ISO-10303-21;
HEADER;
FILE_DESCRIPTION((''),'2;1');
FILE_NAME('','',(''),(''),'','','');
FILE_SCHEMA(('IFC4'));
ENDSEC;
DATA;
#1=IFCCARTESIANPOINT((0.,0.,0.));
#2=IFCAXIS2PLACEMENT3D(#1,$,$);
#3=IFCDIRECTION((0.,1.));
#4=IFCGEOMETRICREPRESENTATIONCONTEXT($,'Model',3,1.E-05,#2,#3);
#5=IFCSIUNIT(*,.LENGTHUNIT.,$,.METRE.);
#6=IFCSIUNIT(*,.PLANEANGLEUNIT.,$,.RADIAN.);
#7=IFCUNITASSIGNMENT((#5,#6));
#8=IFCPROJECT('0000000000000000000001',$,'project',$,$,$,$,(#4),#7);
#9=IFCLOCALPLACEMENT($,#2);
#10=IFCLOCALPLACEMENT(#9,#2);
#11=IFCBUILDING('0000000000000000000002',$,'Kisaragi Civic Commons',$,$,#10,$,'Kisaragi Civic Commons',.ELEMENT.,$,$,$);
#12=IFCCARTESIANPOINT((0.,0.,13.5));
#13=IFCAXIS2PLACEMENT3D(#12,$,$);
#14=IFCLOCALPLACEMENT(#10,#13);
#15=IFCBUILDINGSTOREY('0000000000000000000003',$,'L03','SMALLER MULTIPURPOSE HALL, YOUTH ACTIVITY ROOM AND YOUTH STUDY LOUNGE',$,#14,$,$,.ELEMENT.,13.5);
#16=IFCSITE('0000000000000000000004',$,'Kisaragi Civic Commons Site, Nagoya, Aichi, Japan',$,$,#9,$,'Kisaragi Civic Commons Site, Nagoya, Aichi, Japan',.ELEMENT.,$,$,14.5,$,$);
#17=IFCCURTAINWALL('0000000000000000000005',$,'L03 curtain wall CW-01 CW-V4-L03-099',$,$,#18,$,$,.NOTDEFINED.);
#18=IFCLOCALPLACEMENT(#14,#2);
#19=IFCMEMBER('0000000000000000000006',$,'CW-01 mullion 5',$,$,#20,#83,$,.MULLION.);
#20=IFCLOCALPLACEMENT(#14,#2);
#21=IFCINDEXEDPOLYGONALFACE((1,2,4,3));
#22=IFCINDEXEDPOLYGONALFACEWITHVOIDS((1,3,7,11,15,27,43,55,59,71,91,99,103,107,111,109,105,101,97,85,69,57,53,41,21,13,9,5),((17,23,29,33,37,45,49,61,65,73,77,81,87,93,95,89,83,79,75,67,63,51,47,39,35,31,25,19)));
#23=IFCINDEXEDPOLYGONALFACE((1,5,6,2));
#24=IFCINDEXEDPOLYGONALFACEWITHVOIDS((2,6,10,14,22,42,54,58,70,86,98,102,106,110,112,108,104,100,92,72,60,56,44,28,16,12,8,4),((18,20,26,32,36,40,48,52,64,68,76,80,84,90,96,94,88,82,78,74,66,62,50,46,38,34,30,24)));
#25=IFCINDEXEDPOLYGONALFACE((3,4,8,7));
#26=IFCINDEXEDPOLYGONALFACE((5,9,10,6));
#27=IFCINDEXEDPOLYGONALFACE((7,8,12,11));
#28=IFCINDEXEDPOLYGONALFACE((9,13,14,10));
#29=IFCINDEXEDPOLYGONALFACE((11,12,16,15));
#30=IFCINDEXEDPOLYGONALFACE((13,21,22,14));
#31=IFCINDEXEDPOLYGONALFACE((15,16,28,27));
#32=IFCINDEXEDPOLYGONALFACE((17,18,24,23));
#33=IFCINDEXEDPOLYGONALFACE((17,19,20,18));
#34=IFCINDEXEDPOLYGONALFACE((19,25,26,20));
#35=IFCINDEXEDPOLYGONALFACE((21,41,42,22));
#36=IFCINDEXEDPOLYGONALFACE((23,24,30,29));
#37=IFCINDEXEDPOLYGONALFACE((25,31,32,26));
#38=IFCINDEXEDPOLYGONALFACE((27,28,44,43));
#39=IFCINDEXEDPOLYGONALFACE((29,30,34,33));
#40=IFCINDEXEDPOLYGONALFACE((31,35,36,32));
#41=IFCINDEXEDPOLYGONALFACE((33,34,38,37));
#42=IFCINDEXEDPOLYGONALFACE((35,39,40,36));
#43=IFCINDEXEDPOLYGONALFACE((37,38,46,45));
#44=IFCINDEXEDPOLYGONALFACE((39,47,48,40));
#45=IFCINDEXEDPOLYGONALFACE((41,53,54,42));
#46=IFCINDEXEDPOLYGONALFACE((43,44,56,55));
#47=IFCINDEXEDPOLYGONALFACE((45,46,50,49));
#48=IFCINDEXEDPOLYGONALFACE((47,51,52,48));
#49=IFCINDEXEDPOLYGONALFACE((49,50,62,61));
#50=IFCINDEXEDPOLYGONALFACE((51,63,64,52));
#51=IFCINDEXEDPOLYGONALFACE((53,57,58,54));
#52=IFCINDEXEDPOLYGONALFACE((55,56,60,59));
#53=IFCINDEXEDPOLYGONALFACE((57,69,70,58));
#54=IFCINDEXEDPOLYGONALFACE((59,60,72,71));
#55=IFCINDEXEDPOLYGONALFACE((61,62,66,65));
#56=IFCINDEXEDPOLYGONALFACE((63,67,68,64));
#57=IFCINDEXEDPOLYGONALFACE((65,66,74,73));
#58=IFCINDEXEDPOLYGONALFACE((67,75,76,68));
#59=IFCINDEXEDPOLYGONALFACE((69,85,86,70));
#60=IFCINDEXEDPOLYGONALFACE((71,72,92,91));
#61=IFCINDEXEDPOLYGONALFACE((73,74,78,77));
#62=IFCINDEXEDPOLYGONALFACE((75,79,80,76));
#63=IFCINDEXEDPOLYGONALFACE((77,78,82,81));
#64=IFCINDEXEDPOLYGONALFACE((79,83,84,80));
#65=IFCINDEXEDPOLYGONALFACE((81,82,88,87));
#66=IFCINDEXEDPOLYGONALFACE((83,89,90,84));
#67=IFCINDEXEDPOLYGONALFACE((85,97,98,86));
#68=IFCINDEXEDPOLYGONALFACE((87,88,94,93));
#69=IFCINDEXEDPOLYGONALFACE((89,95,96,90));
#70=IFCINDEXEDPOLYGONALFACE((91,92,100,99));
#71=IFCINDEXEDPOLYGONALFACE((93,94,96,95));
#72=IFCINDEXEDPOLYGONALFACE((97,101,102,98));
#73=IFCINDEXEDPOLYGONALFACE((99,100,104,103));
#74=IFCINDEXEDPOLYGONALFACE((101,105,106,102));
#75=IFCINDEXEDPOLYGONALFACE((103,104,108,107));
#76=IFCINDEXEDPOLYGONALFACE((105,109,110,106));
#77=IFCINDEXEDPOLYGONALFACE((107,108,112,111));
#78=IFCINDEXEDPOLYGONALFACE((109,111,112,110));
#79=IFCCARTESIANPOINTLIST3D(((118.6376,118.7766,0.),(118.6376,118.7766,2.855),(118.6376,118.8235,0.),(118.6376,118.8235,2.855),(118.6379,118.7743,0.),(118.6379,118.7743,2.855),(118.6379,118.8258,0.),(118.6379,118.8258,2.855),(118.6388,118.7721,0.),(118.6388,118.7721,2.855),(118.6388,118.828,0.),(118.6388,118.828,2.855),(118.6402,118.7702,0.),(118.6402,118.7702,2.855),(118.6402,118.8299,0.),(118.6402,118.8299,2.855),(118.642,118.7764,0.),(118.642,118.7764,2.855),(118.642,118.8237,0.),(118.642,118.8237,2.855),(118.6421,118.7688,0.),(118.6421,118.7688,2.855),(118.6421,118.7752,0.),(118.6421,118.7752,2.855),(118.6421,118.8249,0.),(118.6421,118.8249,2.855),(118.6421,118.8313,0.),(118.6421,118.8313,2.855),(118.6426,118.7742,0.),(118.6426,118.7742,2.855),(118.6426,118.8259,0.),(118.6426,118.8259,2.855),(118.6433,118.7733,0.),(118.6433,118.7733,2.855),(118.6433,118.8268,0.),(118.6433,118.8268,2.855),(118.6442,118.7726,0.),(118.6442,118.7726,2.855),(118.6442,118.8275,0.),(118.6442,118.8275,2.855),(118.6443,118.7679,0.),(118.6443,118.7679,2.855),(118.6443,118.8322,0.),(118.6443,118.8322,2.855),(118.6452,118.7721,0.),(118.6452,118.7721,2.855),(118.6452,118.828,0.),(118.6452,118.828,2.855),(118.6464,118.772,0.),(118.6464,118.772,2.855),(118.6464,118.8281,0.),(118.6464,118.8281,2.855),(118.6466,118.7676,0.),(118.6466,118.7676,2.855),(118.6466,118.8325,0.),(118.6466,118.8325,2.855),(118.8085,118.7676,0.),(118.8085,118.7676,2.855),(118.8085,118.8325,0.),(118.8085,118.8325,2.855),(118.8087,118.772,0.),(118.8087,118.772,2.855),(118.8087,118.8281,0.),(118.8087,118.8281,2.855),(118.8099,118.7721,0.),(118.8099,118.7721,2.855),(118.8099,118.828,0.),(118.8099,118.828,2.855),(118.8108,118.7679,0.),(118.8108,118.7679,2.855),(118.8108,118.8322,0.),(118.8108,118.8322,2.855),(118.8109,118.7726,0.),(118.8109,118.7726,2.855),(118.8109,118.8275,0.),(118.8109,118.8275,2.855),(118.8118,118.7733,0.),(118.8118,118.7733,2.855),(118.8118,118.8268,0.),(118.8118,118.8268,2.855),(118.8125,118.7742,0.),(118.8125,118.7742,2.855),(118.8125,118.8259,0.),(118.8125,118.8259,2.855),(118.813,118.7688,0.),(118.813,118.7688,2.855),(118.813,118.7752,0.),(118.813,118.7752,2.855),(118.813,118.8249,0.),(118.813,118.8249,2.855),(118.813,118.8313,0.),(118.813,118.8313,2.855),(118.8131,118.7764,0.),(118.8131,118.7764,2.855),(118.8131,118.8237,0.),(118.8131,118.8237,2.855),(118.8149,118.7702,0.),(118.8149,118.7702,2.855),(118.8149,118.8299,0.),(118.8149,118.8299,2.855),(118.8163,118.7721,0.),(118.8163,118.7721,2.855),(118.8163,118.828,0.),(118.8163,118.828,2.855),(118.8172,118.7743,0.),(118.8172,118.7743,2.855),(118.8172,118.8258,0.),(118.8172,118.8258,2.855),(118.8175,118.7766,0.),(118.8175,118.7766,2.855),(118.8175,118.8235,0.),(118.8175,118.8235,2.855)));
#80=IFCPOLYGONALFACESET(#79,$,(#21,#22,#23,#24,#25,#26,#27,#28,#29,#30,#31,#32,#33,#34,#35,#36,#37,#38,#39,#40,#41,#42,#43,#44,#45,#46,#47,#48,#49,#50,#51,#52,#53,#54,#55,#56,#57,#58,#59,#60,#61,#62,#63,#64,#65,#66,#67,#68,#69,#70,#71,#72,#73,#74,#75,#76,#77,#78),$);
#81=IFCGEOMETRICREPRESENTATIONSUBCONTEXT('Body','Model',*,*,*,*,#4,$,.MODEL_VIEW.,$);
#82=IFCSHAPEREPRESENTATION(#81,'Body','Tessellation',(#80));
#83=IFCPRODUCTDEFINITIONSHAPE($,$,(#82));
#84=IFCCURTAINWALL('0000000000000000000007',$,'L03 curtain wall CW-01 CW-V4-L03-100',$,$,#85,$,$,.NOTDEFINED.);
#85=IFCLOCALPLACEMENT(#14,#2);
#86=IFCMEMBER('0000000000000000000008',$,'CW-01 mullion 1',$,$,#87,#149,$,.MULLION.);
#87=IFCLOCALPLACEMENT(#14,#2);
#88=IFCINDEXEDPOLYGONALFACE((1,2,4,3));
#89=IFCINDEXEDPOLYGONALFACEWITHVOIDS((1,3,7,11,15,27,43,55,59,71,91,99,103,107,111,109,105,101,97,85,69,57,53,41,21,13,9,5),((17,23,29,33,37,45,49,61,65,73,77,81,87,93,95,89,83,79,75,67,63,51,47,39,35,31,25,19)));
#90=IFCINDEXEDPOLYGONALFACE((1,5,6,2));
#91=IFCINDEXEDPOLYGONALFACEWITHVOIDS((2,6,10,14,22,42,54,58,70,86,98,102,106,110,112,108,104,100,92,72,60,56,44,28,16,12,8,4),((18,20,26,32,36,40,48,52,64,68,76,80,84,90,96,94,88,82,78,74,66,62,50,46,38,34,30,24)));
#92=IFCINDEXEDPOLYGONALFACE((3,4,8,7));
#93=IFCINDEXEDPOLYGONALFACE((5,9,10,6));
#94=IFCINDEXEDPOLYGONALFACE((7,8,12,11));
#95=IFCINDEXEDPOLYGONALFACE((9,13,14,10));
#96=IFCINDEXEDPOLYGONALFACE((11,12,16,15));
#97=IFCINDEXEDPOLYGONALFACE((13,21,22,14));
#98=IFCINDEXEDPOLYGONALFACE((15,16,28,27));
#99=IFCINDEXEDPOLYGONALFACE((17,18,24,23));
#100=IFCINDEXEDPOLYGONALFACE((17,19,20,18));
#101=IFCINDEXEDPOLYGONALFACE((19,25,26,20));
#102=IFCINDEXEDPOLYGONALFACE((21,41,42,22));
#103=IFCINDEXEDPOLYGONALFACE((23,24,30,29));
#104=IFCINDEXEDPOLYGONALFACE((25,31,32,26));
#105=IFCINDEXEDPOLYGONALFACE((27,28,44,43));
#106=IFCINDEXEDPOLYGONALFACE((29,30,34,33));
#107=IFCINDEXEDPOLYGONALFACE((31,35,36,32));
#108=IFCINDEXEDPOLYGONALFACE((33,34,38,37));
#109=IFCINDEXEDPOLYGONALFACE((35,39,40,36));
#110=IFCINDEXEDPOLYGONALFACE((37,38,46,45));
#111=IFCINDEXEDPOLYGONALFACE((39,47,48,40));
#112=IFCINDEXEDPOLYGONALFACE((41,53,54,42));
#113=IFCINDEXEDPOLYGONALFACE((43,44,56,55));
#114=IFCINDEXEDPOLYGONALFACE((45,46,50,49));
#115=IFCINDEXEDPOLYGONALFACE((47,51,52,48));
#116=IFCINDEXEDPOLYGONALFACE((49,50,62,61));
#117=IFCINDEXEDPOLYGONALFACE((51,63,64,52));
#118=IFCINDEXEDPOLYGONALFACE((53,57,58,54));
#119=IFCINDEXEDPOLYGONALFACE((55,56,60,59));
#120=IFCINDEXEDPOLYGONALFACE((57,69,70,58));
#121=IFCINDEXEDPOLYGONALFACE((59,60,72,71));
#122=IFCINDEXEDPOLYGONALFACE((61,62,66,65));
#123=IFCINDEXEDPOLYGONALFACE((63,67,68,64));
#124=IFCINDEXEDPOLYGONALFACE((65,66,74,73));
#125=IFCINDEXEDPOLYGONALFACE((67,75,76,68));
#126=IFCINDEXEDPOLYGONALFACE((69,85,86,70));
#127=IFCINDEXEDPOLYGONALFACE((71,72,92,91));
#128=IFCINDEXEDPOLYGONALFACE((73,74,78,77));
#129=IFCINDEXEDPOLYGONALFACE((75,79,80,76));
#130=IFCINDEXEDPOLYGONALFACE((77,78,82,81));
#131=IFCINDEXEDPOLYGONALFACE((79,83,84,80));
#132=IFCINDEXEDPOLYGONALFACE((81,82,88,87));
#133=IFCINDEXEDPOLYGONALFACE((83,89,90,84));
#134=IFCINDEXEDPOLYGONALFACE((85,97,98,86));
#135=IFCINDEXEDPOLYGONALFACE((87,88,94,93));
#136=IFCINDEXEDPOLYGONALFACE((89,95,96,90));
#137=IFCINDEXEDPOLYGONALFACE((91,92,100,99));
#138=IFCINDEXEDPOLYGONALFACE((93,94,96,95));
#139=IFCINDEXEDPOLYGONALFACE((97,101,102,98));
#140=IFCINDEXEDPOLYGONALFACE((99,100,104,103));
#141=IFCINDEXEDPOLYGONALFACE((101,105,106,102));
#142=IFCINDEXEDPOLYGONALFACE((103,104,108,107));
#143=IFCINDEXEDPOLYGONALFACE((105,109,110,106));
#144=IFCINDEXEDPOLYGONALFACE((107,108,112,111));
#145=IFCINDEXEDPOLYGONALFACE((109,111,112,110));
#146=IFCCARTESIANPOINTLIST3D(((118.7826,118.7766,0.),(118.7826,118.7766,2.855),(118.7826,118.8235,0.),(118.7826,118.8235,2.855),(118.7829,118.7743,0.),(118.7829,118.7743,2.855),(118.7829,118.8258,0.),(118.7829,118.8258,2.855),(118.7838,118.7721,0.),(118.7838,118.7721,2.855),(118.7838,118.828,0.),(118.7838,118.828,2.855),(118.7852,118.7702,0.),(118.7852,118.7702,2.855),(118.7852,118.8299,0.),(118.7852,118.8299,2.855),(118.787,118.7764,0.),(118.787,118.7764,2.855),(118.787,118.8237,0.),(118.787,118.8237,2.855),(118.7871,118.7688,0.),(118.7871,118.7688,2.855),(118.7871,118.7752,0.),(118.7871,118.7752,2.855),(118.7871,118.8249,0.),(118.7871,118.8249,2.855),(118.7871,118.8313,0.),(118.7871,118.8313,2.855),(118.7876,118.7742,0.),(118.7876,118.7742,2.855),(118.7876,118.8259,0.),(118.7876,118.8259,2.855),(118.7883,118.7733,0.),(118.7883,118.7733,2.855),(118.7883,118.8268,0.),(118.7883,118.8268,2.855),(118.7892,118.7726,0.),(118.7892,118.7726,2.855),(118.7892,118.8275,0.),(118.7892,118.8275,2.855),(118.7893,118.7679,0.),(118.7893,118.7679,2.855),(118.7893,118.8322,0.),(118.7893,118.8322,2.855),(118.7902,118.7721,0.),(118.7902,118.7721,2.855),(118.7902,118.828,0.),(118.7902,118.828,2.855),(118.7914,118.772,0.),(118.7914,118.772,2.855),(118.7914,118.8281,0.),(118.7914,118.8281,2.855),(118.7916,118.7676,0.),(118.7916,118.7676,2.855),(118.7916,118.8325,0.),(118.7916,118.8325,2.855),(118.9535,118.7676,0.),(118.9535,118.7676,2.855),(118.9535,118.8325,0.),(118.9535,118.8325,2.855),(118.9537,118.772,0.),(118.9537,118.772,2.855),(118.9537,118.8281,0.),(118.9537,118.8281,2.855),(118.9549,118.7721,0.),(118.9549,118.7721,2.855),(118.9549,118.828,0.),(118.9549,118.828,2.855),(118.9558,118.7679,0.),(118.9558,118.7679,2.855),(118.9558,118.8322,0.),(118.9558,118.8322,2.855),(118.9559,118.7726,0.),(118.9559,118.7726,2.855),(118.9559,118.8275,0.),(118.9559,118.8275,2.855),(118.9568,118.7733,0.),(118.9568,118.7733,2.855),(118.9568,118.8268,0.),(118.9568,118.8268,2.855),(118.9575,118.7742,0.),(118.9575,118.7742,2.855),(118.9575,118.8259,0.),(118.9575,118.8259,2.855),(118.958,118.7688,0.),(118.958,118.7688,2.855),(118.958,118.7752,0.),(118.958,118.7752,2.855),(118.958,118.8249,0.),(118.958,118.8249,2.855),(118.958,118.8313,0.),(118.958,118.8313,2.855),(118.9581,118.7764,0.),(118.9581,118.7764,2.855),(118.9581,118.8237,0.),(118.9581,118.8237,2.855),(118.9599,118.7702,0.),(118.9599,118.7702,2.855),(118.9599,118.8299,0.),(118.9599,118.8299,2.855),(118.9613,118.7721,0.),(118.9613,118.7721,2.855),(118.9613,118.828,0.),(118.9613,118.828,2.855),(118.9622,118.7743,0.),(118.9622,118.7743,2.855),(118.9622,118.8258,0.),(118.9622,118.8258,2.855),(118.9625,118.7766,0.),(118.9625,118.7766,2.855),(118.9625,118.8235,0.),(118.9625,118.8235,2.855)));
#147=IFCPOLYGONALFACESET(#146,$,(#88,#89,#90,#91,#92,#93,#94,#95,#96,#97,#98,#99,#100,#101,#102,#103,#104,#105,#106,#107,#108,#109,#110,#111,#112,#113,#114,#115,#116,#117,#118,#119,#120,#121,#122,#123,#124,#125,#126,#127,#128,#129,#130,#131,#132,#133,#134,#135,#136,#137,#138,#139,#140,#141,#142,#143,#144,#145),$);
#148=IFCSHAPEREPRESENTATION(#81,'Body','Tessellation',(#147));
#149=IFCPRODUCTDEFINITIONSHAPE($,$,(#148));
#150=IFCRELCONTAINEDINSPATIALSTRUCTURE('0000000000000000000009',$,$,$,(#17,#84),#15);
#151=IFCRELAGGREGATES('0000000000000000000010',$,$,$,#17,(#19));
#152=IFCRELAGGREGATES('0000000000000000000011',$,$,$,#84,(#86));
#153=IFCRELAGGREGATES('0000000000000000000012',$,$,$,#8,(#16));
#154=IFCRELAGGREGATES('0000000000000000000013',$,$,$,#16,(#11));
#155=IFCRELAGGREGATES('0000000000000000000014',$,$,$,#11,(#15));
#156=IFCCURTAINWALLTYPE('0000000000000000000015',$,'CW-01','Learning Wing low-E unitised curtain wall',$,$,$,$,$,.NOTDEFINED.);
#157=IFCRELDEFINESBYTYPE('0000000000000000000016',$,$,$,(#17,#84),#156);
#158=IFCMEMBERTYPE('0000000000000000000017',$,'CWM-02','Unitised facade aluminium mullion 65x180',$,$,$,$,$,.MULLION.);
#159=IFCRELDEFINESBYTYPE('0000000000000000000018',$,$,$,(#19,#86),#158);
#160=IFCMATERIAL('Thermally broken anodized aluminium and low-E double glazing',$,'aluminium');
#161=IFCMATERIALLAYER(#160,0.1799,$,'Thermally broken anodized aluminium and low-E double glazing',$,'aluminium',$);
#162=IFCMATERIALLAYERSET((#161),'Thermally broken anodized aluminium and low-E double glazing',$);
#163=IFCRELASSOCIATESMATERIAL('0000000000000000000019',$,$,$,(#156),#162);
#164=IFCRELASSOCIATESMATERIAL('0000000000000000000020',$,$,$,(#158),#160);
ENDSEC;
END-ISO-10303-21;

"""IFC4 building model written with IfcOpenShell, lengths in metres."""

from ifc_helpers import new_model, si_unit, direction, frame, origin, origin_2d, place, context, subcontext, project, spatial, hollow_rectangle, extrude, material, layer, layer_set, material_profile, profile_set, type_object, element, aggregate, save


model = new_model("IFC4")

# Units and contexts
model_context = context("Model", 3, precision=1e-05, world=origin(), true_north=direction((0.0, 1.0)))
body_context = subcontext(model_context, "Body", "Model", "MODEL_VIEW")
ifc_project = project(units=[si_unit("LENGTHUNIT", "METRE"), si_unit("PLANEANGLEUNIT", "RADIAN")], contexts=[model_context])

# Site, building, storey
site_placement = place(None, origin())
site = spatial("IfcSite", under=ifc_project, at=site_placement, Name="Kisaragi Civic Commons Site, Nagoya, Aichi, Japan", LongName="Kisaragi Civic Commons Site, Nagoya, Aichi, Japan", CompositionType="ELEMENT", RefElevation=14.5)
building_placement = place(site_placement, origin())
building = spatial("IfcBuilding", under=site, at=building_placement, Name="Kisaragi Civic Commons", LongName="Kisaragi Civic Commons", CompositionType="ELEMENT")
storey_placement = place(building_placement, frame((0.0, 0.0, 13.5)))
storey = spatial("IfcBuildingStorey", under=building, at=storey_placement, Name="L03", Description="SMALLER MULTIPURPOSE HALL, YOUTH ACTIVITY ROOM AND YOUTH STUDY LOUNGE", CompositionType="ELEMENT", Elevation=13.5)

# Curtain wall, member
ifc_material = material(Name="Thermally broken anodized aluminium and low-E double glazing", Category="aluminium")
ifc_layer_1 = layer(ifc_material, 0.1799, Name="Thermally broken anodized aluminium and low-E double glazing", Category="aluminium")
ifc_layer_set_1 = layer_set([ifc_layer_1], Name="Thermally broken anodized aluminium and low-E double glazing")
curtain_wall_type = type_object("IfcCurtainWallType", Name="CW-01", Description="Learning Wing low-E unitised curtain wall", PredefinedType="NOTDEFINED", material=ifc_layer_set_1)
curtain_wall_1_placement = place(storey_placement, origin())
curtain_wall_1 = element("IfcCurtainWall", 1, at=curtain_wall_1_placement, inside=storey, type_object=curtain_wall_type, Name="L03 curtain wall CW-01 CW-V4-L03-099", PredefinedType="NOTDEFINED")
ifc_material_profile_1 = material_profile(ifc_material, hollow_rectangle(XDim=0.0649, YDim=0.1799, WallThickness=0.0044, InnerFilletRadius=0.0044, OuterFilletRadius=0.009, at=origin_2d()), Name="CWM-65x180x4.5", Category="aluminium")
ifc_profile_set_1 = profile_set([ifc_material_profile_1], Name="Thermally broken anodized aluminium and low-E double glazing")
member_type_1 = type_object("IfcMemberType", Name="CWM-02", Description="Unitised facade aluminium mullion 65x180", PredefinedType="MULLION", material=ifc_profile_set_1)
member_1_placement = place(storey_placement, frame((118.7275, 118.8, 0.0), z_axis=(0.0, 0.0, 1.0), x_axis=(0.0, 1.0, 0.0)))
member_1 = element("IfcMember", 2, at=member_1_placement, type_object=member_type_1, Name="CW-01 mullion 5", PredefinedType="MULLION", context=body_context, shape_type="SweptSolid", body=[
    extrude(hollow_rectangle(XDim=0.0649, YDim=0.1799, WallThickness=0.0044, InnerFilletRadius=0.0044, OuterFilletRadius=0.009, at=origin_2d()), origin(), (0.0, 0.0, 1.0), 2.855),
])

# Curtain wall, member
curtain_wall_2_placement = place(storey_placement, origin())
curtain_wall_2 = element("IfcCurtainWall", 3, at=curtain_wall_2_placement, inside=storey, type_object=curtain_wall_type, Name="L03 curtain wall CW-01 CW-V4-L03-100", PredefinedType="NOTDEFINED")
member_2_placement = place(storey_placement, frame((118.8726, 118.8, 0.0), z_axis=(0.0, 0.0, 1.0), x_axis=(0.0, 1.0, 0.0)))
member_2 = element("IfcMember", 4, at=member_2_placement, type_object=member_type_1, Name="CW-01 mullion 1", PredefinedType="MULLION", context=body_context, shape_type="SweptSolid", body=[
    extrude(hollow_rectangle(XDim=0.0649, YDim=0.1799, WallThickness=0.0044, InnerFilletRadius=0.0044, OuterFilletRadius=0.009, at=origin_2d()), origin(), (0.0, 0.0, 1.0), 2.855),
])

aggregate(curtain_wall_1, [member_1])
aggregate(curtain_wall_2, [member_2])

save(model, "model.ifc")
